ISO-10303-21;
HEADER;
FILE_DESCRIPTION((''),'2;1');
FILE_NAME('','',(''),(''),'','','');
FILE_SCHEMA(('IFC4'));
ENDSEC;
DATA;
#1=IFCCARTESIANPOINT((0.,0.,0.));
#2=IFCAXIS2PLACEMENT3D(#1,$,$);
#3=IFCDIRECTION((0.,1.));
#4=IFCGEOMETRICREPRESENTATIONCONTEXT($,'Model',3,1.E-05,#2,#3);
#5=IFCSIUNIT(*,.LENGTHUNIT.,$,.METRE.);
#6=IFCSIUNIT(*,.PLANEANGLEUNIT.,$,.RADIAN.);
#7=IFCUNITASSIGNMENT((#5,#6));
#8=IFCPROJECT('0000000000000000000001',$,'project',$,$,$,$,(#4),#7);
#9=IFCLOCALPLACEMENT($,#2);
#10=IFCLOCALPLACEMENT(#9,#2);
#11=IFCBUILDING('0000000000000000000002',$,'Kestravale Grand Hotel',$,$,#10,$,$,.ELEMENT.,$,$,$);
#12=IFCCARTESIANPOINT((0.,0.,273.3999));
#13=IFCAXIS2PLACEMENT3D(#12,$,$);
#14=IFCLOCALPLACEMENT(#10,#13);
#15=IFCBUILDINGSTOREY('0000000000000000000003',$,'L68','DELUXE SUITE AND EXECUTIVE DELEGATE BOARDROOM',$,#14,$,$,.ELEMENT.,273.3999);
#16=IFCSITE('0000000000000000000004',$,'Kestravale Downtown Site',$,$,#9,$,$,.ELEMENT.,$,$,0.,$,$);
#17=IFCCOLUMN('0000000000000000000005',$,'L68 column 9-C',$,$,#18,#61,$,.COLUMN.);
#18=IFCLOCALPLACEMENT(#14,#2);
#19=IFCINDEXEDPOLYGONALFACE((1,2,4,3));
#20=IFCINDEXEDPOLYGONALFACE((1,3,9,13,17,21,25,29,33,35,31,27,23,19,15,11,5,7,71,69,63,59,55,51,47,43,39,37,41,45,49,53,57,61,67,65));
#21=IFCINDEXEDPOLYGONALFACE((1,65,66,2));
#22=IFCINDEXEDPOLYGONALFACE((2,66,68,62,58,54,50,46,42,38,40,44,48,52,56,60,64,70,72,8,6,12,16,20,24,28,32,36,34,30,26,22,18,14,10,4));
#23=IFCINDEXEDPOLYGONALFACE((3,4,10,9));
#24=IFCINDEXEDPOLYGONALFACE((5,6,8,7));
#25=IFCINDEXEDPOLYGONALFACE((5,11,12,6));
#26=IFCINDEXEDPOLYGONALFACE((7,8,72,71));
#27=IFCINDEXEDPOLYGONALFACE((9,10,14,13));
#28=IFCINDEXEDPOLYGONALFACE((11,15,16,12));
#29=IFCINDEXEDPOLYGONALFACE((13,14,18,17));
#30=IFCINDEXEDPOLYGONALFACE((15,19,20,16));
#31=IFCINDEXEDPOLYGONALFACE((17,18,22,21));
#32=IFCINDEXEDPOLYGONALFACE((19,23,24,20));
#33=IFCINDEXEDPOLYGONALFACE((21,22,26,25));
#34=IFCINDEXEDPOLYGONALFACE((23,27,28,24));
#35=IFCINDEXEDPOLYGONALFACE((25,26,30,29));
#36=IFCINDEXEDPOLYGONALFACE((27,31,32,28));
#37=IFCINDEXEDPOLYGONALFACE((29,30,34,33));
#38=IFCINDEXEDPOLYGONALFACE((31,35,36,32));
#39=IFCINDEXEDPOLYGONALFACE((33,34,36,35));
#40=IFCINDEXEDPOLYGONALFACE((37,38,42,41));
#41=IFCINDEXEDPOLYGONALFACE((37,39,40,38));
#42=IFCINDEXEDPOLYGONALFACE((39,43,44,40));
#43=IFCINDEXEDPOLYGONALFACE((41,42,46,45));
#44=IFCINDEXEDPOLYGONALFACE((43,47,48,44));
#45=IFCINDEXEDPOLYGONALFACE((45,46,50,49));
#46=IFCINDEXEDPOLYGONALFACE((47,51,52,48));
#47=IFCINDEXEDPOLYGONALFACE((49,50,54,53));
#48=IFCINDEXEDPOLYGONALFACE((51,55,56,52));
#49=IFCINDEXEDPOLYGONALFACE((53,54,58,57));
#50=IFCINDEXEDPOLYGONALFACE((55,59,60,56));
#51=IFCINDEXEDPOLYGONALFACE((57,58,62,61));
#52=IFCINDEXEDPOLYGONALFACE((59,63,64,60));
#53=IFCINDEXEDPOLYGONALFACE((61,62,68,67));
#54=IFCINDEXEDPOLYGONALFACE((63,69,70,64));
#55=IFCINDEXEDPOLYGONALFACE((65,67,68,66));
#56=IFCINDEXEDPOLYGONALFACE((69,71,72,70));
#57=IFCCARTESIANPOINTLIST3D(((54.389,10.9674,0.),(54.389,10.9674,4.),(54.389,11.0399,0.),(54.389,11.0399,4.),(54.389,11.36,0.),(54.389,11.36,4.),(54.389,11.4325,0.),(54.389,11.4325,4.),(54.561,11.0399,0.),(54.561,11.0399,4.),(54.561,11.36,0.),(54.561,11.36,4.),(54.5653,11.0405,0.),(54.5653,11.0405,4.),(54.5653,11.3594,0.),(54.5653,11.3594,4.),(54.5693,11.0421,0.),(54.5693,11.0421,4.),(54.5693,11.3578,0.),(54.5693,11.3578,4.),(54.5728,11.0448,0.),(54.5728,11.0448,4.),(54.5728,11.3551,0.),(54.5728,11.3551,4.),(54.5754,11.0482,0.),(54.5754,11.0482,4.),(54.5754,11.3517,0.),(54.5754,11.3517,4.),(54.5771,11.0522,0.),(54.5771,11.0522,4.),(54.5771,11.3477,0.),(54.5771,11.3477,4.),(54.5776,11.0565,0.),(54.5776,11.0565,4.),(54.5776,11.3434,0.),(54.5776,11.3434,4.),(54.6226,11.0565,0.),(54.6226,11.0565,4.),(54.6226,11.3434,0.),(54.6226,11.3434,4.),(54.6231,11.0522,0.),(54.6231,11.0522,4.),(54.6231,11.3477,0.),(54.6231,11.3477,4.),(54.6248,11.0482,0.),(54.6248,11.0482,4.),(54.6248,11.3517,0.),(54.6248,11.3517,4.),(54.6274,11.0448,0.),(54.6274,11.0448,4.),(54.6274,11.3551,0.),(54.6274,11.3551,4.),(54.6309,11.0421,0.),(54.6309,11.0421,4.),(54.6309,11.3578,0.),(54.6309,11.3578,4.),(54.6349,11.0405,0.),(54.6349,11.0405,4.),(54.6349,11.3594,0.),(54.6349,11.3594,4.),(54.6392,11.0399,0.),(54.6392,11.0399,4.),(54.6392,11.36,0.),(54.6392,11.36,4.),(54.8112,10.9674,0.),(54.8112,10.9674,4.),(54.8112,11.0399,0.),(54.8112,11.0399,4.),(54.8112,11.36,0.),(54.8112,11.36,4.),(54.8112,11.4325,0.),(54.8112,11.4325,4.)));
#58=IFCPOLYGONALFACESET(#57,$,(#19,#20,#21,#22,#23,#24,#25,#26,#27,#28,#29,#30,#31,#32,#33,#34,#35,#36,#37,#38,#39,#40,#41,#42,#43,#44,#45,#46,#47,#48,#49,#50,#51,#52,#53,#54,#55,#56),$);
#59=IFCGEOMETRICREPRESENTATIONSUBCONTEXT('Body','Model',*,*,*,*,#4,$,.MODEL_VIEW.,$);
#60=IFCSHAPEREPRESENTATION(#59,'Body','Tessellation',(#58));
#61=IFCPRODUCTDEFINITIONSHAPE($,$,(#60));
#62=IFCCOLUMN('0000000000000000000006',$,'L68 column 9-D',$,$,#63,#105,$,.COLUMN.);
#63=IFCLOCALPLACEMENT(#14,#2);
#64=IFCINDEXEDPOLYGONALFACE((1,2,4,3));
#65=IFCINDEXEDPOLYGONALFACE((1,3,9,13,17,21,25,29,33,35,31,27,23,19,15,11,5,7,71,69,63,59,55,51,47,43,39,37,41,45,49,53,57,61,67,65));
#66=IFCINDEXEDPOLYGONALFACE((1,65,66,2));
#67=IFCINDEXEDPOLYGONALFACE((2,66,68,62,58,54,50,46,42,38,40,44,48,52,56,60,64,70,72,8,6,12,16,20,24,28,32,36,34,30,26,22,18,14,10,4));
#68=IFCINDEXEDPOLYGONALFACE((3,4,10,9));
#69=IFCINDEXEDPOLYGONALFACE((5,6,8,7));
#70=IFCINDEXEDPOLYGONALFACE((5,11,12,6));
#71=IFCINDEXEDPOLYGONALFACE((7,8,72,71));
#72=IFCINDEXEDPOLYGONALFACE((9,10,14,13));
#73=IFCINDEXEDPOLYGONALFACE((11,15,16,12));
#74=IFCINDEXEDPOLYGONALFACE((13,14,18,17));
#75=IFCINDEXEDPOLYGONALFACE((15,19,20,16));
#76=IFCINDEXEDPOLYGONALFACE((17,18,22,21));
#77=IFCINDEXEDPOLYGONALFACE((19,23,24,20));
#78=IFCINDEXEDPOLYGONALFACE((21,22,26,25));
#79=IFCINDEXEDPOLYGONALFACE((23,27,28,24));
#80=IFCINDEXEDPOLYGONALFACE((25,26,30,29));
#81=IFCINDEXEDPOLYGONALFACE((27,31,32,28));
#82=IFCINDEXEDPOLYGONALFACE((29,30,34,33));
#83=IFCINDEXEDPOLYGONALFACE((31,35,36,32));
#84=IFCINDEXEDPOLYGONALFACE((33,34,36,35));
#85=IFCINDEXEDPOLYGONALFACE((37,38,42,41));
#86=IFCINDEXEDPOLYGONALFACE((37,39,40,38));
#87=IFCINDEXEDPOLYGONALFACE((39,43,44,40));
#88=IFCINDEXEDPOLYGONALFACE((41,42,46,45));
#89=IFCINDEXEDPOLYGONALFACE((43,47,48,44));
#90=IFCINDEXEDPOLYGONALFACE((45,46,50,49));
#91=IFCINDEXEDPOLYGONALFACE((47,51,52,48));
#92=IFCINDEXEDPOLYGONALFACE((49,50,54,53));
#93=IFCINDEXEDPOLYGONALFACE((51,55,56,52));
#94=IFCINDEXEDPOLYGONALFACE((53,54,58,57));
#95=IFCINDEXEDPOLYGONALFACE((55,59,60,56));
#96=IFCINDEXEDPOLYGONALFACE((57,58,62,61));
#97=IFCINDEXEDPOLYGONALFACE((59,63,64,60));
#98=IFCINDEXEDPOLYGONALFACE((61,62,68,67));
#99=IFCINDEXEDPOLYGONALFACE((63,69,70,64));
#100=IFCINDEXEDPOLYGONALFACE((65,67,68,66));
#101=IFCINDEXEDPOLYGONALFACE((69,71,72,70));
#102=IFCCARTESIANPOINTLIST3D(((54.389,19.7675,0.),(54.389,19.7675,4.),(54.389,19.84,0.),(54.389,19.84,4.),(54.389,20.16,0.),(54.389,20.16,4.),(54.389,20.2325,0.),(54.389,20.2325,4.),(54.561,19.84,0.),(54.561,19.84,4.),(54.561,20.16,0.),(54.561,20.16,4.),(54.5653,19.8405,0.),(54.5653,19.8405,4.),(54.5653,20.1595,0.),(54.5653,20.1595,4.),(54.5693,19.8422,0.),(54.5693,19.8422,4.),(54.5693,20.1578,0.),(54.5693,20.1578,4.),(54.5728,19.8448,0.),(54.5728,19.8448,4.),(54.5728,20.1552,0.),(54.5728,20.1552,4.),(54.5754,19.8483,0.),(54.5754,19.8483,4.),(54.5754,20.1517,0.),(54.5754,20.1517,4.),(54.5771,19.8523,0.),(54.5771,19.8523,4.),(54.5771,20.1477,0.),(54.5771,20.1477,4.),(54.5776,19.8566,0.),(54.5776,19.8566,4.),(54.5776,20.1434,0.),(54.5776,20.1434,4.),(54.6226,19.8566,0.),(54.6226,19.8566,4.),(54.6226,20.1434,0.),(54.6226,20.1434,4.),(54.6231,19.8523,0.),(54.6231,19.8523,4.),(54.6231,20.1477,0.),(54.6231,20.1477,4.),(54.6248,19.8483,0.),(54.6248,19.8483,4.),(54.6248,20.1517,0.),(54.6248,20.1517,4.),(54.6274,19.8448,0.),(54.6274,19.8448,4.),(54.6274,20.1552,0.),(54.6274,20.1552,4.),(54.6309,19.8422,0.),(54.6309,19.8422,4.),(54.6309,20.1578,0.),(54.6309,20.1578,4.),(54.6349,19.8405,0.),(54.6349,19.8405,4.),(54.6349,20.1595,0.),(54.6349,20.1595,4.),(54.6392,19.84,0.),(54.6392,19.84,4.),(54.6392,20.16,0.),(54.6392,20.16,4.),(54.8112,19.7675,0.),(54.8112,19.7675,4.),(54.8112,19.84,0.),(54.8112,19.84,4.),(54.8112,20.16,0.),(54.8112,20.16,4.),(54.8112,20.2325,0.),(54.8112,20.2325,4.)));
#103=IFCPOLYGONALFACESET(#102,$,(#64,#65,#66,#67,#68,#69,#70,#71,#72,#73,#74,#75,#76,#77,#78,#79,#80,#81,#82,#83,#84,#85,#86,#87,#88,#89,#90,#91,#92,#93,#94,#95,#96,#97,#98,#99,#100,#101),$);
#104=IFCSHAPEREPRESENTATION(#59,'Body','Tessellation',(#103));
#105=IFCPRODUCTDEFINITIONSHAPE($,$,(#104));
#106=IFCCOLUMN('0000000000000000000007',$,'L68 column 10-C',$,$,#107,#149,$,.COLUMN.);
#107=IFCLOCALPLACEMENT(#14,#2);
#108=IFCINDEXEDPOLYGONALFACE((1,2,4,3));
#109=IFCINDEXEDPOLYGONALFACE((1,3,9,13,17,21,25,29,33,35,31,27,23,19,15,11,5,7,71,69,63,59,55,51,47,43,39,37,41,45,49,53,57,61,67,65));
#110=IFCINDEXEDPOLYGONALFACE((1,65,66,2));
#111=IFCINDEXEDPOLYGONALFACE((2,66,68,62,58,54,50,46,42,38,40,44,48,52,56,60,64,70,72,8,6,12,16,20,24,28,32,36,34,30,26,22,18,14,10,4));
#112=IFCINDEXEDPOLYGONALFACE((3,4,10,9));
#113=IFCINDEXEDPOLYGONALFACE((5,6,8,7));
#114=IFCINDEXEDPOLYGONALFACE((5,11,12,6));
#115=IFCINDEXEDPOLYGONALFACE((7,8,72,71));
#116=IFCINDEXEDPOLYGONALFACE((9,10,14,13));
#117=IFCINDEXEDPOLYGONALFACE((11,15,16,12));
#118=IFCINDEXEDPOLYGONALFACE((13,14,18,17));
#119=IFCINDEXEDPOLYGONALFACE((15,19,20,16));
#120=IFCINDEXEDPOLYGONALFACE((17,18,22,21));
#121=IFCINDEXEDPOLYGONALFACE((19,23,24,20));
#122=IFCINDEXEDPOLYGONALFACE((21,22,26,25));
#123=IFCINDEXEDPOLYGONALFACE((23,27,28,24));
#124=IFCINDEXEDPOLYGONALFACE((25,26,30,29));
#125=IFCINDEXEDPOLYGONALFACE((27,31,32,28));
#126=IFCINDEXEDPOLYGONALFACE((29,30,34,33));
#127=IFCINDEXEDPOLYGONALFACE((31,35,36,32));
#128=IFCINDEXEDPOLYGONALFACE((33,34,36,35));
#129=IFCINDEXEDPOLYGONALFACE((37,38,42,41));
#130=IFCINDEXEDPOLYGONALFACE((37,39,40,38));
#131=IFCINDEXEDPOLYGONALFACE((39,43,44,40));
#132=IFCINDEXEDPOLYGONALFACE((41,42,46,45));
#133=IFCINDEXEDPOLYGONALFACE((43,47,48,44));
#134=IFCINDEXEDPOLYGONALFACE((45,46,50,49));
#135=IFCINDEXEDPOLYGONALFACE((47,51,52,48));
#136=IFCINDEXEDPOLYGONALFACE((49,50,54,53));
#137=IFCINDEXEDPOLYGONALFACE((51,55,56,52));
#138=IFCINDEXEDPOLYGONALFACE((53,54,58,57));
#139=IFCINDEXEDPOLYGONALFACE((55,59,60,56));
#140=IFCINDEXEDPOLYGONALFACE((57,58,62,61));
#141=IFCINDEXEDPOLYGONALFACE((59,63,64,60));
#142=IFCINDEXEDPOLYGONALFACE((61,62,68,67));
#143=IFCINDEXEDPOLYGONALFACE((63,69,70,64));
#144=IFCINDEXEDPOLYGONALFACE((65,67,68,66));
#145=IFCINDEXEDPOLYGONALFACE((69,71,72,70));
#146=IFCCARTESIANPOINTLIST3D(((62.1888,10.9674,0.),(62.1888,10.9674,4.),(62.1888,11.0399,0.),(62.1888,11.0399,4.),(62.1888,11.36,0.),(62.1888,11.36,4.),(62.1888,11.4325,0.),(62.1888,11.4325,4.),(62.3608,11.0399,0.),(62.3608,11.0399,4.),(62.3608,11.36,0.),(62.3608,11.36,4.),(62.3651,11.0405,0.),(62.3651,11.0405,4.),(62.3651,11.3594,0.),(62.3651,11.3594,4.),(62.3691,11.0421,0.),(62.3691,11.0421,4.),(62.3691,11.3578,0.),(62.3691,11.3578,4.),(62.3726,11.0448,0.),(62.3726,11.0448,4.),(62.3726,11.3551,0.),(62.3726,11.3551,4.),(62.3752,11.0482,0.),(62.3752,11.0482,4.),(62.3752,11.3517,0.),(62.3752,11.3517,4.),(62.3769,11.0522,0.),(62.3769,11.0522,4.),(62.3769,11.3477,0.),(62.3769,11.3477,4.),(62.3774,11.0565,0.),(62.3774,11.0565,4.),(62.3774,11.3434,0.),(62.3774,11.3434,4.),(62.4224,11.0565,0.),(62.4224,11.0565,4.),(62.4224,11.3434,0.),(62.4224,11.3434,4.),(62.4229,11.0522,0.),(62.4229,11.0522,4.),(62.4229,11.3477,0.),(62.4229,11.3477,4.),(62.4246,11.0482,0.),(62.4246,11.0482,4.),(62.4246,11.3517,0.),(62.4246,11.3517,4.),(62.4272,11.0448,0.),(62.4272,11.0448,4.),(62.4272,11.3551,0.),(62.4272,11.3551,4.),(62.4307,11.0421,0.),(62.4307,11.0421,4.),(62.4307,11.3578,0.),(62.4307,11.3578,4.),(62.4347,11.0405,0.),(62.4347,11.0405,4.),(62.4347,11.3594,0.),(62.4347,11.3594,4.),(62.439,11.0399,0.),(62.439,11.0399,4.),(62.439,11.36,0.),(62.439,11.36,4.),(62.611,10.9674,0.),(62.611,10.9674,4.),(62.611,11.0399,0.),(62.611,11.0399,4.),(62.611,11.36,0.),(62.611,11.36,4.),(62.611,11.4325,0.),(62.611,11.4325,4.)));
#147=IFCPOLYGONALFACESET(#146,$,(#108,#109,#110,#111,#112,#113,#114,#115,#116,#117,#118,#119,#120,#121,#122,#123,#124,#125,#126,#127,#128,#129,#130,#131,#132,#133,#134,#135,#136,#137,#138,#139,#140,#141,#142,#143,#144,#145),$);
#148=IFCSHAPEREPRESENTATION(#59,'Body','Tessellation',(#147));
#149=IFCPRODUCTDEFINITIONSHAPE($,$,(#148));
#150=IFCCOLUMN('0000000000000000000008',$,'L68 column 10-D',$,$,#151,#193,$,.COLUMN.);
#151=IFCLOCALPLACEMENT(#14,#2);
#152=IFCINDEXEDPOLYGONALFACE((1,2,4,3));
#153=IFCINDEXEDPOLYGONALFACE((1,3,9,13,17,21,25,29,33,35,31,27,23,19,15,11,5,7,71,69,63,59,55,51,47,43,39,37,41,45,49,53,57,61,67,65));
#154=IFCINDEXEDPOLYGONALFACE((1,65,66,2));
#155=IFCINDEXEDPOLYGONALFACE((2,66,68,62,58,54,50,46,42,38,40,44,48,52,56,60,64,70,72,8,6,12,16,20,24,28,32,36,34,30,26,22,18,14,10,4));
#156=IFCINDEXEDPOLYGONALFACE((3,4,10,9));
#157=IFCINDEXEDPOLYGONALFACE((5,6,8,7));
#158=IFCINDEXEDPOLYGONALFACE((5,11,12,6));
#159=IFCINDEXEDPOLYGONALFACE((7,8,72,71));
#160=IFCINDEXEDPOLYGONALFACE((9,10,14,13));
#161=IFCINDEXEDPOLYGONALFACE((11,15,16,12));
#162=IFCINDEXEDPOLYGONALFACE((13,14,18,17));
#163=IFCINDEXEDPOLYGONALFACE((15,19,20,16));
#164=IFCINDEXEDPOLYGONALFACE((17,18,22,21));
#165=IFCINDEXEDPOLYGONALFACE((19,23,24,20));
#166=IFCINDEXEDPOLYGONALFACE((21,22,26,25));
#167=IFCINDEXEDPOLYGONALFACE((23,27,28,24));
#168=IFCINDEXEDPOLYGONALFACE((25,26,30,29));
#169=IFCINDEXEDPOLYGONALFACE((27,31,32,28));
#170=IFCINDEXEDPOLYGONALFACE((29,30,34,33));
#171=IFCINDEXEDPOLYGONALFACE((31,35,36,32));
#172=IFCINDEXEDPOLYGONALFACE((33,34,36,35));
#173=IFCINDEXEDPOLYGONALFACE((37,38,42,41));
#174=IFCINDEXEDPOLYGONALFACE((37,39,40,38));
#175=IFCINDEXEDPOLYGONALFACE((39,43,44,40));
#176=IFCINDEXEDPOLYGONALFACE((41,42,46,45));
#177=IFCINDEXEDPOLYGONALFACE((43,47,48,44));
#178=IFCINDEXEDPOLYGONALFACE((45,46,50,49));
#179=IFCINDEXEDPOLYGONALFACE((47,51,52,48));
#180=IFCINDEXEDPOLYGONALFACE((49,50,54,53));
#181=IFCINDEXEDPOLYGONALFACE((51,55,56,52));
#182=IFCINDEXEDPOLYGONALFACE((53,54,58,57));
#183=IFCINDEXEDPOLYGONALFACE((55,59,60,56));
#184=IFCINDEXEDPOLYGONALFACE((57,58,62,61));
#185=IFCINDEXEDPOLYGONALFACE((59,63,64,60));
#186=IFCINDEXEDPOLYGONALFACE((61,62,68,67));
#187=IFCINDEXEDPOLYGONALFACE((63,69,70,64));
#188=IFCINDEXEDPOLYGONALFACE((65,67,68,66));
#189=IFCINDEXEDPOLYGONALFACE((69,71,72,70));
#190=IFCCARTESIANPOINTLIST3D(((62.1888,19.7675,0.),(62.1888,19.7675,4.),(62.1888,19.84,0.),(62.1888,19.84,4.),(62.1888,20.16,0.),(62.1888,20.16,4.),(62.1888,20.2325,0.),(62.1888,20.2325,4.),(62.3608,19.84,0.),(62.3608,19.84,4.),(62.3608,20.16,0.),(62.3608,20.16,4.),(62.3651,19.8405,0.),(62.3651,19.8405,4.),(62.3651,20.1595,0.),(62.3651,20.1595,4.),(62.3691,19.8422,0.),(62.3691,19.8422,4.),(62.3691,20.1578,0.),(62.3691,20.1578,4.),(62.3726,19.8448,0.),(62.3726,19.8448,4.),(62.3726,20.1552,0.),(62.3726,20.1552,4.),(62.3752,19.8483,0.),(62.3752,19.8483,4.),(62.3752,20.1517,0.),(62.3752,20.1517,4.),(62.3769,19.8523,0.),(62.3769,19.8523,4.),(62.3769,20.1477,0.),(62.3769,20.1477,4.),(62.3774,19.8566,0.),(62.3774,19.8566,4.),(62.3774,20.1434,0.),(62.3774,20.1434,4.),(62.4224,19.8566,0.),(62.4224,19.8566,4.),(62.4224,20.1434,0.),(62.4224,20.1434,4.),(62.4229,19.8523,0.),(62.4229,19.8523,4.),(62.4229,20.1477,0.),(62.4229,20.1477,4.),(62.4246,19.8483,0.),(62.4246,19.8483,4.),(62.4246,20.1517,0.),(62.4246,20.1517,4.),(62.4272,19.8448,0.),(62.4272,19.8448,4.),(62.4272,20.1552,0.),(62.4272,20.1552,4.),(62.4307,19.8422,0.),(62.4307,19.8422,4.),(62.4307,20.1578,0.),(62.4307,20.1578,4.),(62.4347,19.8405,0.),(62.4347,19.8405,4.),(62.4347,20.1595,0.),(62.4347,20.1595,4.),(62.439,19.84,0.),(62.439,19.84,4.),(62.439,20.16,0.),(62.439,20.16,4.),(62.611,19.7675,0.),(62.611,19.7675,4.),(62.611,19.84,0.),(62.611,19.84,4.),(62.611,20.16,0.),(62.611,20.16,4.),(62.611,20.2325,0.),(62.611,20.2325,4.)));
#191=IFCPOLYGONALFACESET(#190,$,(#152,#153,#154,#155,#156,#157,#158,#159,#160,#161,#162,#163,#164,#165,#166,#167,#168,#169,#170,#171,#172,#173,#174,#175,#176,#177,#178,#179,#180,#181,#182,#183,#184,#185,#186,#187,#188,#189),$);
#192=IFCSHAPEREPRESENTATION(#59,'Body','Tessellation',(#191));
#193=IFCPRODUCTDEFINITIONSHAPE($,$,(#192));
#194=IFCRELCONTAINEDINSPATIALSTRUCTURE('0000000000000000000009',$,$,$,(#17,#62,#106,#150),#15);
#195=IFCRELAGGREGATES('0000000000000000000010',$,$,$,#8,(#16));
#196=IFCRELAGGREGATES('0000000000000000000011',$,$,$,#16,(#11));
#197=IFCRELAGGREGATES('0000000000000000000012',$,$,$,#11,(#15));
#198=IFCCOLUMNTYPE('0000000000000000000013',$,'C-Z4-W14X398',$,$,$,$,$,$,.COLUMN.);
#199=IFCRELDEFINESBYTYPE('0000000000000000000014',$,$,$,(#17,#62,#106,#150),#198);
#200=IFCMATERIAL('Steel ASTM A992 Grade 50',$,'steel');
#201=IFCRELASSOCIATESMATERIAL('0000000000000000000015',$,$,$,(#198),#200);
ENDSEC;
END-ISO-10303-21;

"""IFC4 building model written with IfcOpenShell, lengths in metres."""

from ifc_helpers import new_model, si_unit, direction, frame, origin, origin_2d, place, context, subcontext, project, spatial, i_section, extrude, material, material_profile, profile_set, type_object, element, save


model = new_model("IFC4")

# Units and contexts
model_context = context("Model", 3, precision=1e-05, world=origin(), true_north=direction((0.0, 1.0)))
body_context = subcontext(model_context, "Body", "Model", "MODEL_VIEW")
ifc_project = project(units=[si_unit("LENGTHUNIT", "METRE"), si_unit("PLANEANGLEUNIT", "RADIAN")], contexts=[model_context])

# Site, building, storey
site_placement = place(None, origin())
site = spatial("IfcSite", under=ifc_project, at=site_placement, Name="Kestravale Downtown Site", CompositionType="ELEMENT", RefElevation=0.0)
building_placement = place(site_placement, origin())
building = spatial("IfcBuilding", under=site, at=building_placement, Name="Kestravale Grand Hotel", CompositionType="ELEMENT")
storey_placement = place(building_placement, frame((0.0, 0.0, 273.3999)))
storey = spatial("IfcBuildingStorey", under=building, at=storey_placement, Name="L68", Description="DELUXE SUITE AND EXECUTIVE DELEGATE BOARDROOM", CompositionType="ELEMENT", Elevation=273.3999)

# Columns
ifc_material_1 = material(Name="Steel ASTM A992 Grade 50", Category="steel")
ifc_material_profile_1 = material_profile(ifc_material_1, i_section(OverallWidth=0.4221, OverallDepth=0.4651, WebThickness=0.0449, FlangeThickness=0.0725, FilletRadius=0.0166, at=origin_2d()))
ifc_profile_set_1 = profile_set([ifc_material_profile_1], Name="Steel ASTM A992 Grade 50")
column_type = type_object("IfcColumnType", Name="C-Z4-W14X398", PredefinedType="COLUMN", material=ifc_profile_set_1)
for number, where, z_axis, x_axis, name in (
    (1, (54.6001, 11.2, 0.0), (0.0, 0.0, 1.0), (1.0, 0.0, 0.0), "L68 column 9-C"),
    (2, (54.6001, 20.0, 0.0), (0.0, 0.0, 1.0), (1.0, 0.0, 0.0), "L68 column 9-D"),
    (3, (62.3999, 11.2, 0.0), (0.0, 0.0, 1.0), (1.0, 0.0, 0.0), "L68 column 10-C"),
    (4, (62.3999, 20.0, 0.0), (0.0, 0.0, 1.0), (1.0, 0.0, 0.0), "L68 column 10-D"),
):
    element("IfcColumn", number, at=place(storey_placement, frame(where, z_axis=z_axis, x_axis=x_axis)), inside=storey, type_object=column_type, Name=name, PredefinedType="COLUMN", context=body_context, shape_type="SweptSolid", body=[
        extrude(i_section(OverallWidth=0.4221, OverallDepth=0.4651, WebThickness=0.0449, FlangeThickness=0.0725, FilletRadius=0.0166, at=origin_2d()), origin(), (0.0, 0.0, 1.0), 4.0),
    ])

save(model, "model.ifc")
